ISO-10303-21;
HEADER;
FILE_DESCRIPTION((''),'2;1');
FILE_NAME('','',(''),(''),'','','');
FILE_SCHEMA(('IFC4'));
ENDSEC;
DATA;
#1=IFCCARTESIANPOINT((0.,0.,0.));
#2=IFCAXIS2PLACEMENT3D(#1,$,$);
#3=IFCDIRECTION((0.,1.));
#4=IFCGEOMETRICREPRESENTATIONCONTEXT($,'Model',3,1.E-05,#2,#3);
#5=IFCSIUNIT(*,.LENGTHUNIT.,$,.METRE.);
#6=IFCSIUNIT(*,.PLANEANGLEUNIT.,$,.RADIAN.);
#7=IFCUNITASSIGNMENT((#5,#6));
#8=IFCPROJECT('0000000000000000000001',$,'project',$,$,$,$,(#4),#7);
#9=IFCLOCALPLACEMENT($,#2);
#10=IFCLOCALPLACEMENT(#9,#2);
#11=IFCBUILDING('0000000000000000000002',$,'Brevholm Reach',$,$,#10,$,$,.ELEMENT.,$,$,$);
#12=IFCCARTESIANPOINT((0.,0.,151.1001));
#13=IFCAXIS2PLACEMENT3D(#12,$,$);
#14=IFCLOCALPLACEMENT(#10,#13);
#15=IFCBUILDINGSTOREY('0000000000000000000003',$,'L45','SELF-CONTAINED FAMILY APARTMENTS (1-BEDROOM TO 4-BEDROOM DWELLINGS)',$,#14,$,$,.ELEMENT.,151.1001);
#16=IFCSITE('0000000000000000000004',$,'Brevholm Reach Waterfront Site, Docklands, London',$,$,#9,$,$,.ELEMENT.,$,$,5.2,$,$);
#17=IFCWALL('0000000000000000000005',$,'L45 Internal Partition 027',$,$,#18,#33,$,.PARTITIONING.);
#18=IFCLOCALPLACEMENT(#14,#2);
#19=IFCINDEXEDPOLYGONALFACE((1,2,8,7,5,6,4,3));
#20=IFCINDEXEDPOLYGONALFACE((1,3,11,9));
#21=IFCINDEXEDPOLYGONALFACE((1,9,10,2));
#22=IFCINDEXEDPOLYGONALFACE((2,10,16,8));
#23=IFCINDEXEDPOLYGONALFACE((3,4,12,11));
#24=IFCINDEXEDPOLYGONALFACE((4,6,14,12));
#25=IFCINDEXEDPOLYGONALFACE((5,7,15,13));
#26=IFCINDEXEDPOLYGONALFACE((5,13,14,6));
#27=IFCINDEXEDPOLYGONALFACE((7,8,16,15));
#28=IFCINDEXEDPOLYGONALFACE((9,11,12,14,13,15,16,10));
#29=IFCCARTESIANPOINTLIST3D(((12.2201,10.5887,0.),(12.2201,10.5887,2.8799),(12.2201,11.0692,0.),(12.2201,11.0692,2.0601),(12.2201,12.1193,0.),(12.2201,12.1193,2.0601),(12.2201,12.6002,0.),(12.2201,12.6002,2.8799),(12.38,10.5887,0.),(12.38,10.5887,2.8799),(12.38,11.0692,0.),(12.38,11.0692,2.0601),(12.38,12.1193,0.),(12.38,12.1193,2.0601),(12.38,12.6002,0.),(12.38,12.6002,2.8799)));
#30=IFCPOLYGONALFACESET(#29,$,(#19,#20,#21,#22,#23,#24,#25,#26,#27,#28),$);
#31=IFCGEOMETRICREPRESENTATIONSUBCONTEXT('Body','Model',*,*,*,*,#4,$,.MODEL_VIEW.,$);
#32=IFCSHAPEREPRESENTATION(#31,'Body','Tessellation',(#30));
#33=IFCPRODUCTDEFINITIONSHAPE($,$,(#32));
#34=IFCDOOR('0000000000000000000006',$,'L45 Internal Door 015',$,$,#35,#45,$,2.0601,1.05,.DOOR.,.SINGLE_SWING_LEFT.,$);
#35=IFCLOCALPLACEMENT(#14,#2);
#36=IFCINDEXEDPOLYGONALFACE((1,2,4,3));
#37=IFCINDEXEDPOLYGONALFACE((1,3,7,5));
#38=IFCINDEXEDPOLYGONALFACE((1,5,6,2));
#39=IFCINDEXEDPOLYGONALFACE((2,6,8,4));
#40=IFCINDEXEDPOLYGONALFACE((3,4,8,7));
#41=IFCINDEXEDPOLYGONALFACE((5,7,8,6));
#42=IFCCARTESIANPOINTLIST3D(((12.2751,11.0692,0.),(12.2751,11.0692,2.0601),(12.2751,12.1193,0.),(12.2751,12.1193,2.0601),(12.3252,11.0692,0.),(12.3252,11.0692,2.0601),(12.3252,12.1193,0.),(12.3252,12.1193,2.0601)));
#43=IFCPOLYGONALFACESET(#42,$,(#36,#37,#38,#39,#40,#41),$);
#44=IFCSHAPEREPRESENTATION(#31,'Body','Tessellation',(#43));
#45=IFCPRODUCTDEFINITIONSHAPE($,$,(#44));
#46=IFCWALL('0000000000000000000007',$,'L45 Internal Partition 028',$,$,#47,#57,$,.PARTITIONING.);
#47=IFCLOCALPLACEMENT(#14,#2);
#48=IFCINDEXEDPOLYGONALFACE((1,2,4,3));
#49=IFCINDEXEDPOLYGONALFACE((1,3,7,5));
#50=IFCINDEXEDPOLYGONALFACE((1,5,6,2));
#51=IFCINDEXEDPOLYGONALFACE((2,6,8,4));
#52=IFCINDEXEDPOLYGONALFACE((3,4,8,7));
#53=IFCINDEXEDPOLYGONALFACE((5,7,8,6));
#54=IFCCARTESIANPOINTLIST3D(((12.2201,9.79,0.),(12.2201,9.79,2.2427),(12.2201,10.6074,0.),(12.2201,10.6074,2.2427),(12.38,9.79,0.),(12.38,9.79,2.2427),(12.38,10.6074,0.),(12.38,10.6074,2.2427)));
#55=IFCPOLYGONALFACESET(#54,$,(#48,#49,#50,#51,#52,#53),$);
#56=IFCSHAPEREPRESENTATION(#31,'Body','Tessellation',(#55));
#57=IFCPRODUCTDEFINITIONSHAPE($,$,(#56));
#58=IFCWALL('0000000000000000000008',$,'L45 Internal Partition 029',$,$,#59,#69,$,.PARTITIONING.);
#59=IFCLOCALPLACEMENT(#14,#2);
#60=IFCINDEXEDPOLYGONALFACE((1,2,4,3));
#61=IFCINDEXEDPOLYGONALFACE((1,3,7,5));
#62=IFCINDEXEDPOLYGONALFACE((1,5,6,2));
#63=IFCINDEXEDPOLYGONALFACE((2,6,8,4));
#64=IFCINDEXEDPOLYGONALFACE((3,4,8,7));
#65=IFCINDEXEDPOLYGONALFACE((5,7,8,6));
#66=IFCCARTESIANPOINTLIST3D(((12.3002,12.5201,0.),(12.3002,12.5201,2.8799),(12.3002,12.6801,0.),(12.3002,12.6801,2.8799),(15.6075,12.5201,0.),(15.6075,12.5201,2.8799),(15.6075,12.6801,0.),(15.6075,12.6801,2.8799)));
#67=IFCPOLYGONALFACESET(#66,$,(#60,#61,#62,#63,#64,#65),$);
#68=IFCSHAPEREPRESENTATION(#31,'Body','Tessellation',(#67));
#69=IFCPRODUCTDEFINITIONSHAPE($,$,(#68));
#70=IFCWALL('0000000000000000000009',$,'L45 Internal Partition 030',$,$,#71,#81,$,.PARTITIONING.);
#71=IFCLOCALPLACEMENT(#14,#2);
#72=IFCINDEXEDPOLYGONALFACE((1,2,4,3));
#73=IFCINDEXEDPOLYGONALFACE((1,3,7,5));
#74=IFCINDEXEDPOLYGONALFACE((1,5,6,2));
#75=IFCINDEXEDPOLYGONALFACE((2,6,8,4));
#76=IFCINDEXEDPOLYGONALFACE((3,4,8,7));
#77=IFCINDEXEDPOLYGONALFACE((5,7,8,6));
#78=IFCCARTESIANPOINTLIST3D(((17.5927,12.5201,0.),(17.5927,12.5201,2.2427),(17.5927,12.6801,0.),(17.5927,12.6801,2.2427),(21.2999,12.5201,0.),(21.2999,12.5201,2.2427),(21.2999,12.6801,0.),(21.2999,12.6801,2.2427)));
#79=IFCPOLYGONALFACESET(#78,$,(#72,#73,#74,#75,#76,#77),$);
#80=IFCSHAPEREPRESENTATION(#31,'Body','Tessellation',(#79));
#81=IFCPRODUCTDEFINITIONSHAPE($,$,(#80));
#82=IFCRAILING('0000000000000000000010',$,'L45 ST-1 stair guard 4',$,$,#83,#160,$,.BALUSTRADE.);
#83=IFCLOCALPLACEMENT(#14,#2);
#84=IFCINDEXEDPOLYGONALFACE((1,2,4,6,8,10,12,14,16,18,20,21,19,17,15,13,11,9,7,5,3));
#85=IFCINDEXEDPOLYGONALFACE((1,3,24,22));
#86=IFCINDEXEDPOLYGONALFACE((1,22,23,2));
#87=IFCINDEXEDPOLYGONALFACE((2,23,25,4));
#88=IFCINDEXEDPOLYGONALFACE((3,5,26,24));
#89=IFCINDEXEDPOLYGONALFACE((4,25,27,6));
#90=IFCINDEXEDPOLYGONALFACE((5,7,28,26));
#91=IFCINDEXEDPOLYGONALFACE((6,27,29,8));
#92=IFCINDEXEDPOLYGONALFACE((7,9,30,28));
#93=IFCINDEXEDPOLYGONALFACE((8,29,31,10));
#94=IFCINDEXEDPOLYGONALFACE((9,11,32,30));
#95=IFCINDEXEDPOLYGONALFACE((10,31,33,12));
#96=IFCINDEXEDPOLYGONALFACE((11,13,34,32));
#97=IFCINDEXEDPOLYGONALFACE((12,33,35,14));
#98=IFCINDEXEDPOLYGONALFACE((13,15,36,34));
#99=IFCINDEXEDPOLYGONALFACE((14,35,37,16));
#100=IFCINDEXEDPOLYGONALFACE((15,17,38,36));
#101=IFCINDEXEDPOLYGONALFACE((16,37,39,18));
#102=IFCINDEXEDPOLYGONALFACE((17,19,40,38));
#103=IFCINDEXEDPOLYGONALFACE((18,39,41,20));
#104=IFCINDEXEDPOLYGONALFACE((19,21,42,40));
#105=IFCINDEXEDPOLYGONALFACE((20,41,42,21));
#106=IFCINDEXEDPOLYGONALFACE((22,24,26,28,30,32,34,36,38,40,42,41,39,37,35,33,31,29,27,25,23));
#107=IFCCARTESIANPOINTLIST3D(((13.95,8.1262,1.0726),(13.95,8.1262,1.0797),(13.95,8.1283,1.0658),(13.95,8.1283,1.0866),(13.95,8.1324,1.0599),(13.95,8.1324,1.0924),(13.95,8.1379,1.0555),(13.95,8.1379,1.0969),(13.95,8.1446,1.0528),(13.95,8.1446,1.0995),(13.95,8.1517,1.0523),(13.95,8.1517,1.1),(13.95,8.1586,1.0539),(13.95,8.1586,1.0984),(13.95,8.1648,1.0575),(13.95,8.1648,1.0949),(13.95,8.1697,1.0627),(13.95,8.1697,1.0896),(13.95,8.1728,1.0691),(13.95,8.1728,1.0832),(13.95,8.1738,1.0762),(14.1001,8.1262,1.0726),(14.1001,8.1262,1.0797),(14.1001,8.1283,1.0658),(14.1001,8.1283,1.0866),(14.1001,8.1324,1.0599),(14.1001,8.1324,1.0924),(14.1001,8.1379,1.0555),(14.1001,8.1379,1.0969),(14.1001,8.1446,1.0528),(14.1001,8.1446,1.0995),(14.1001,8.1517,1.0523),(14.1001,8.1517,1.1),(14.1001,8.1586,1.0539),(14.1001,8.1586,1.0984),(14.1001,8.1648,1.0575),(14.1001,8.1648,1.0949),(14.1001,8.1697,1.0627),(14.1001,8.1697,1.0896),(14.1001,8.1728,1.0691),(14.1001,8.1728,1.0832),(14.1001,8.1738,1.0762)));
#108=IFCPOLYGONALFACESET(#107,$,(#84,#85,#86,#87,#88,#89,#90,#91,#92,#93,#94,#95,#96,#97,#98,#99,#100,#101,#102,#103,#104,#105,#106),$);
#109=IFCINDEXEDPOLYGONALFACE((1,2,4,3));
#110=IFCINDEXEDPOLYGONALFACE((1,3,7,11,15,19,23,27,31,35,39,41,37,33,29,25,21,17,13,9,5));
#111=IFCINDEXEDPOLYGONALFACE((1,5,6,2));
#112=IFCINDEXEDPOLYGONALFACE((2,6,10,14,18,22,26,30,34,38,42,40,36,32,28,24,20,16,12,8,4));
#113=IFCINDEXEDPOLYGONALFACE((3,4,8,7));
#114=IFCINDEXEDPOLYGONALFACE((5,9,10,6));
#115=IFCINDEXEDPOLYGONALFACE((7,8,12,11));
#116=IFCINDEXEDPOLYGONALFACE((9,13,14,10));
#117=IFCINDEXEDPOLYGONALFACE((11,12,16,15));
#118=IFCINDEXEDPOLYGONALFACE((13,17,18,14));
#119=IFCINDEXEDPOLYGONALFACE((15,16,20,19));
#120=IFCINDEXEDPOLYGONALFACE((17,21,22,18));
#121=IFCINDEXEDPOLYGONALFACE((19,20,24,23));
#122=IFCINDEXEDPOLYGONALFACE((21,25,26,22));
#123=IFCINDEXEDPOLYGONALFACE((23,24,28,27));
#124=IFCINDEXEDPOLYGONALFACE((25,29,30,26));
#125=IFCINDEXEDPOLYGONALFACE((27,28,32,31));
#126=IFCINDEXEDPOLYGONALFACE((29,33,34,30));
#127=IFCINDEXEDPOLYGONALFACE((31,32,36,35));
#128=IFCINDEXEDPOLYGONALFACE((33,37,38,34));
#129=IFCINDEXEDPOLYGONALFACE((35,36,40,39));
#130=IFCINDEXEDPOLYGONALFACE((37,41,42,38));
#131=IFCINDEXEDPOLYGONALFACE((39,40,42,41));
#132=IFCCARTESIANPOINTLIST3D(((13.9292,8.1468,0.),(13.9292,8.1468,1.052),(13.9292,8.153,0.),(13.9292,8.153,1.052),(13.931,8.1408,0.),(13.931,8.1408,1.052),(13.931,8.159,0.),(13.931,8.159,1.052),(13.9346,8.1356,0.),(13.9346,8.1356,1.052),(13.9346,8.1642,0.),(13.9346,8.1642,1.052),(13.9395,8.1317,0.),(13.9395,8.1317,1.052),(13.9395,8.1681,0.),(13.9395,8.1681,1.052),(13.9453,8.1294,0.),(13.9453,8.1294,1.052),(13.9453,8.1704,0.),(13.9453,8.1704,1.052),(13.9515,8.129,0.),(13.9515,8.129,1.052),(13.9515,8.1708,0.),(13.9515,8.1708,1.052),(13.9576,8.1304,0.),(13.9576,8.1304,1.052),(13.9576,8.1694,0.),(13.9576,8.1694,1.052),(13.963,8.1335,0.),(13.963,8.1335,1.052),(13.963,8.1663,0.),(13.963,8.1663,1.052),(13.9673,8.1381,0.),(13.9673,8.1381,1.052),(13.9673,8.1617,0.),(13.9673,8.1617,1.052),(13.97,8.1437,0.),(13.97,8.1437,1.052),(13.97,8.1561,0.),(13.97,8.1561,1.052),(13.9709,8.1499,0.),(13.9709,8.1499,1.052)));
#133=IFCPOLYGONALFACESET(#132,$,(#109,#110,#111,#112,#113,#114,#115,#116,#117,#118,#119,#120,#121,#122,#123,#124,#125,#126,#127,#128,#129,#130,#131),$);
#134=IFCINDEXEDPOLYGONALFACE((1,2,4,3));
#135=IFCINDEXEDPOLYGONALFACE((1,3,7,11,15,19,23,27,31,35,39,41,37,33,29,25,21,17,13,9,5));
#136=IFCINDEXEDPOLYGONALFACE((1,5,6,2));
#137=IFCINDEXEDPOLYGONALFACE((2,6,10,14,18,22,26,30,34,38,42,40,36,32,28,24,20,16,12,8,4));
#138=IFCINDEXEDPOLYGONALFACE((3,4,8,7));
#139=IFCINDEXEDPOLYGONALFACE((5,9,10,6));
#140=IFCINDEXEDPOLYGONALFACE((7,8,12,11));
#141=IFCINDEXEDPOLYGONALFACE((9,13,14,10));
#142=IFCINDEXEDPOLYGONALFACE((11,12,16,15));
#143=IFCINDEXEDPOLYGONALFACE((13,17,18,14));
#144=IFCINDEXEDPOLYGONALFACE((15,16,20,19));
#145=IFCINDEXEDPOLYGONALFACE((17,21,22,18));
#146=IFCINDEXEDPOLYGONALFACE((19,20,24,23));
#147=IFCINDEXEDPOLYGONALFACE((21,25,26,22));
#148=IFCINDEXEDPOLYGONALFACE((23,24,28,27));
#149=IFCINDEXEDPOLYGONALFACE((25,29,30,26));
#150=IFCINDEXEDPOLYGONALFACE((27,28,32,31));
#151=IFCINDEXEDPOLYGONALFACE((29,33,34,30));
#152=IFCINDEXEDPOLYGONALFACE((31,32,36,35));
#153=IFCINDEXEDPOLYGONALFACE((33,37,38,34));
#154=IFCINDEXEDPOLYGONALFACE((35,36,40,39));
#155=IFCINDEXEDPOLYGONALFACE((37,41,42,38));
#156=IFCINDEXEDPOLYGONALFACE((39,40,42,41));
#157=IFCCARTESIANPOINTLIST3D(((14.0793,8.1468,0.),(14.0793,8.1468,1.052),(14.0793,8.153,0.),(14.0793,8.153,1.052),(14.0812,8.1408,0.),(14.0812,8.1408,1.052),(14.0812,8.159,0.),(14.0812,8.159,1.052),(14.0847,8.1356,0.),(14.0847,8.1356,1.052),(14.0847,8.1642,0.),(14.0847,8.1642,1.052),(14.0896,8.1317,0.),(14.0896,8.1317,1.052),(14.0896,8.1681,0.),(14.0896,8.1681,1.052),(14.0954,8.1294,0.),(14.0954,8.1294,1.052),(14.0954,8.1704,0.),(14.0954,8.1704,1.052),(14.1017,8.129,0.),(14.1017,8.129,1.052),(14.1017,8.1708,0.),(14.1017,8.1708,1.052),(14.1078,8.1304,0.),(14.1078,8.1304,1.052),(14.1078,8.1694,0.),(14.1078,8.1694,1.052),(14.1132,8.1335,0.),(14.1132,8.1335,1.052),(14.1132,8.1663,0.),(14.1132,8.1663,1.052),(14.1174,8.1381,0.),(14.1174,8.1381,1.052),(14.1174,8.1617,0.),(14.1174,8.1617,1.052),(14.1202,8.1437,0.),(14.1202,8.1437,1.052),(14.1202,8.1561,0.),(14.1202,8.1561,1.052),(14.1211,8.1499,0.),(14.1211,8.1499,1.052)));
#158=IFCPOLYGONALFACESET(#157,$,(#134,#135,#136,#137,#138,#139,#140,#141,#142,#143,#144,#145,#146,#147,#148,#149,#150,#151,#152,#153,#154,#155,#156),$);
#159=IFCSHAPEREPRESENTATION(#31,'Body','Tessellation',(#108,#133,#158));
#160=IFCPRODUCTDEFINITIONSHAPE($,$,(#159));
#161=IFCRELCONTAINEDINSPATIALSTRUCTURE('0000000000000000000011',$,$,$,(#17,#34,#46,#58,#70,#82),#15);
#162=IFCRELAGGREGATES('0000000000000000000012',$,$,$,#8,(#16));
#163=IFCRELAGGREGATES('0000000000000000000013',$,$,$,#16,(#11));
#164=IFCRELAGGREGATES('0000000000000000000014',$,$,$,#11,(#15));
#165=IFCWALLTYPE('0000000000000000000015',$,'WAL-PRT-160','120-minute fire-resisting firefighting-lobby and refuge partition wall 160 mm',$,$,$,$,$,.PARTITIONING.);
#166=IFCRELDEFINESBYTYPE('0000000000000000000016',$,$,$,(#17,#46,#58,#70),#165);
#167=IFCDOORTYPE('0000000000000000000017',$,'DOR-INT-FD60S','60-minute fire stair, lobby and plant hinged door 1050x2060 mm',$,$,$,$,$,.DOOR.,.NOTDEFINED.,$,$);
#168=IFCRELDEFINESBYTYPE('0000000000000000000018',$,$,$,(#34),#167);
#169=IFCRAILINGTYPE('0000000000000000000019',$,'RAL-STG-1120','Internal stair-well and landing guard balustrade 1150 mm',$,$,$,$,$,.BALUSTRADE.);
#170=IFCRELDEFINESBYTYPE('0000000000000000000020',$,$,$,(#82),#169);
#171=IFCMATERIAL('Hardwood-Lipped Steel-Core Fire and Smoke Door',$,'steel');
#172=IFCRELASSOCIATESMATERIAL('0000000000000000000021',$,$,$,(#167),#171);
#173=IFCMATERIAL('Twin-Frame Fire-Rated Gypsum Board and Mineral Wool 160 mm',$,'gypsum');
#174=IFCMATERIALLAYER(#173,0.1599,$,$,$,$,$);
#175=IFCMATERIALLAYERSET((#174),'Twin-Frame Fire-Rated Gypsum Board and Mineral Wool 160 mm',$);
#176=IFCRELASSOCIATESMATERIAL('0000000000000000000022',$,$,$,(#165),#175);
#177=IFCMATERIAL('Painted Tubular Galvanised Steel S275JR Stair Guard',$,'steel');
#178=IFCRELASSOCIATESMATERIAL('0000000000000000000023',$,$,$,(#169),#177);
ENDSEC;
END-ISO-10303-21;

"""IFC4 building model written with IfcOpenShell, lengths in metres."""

from ifc_helpers import new_model, si_unit, direction, frame, frame_2d, origin, origin_2d, place, context, subcontext, project, spatial, rectangle, circle, extrude, material, layer, layer_set, type_object, element, fill, save


model = new_model("IFC4")

# Units and contexts
model_context = context("Model", 3, precision=1e-05, world=origin(), true_north=direction((0.0, 1.0)))
body_context = subcontext(model_context, "Body", "Model", "MODEL_VIEW")
ifc_project = project(units=[si_unit("LENGTHUNIT", "METRE"), si_unit("PLANEANGLEUNIT", "RADIAN")], contexts=[model_context])

# Site, building, storey
site_placement = place(None, origin())
site = spatial("IfcSite", under=ifc_project, at=site_placement, Name="Brevholm Reach Waterfront Site, Docklands, London", CompositionType="ELEMENT", RefElevation=5.2)
building_placement = place(site_placement, origin())
building = spatial("IfcBuilding", under=site, at=building_placement, Name="Brevholm Reach", CompositionType="ELEMENT")
storey_placement = place(building_placement, frame((0.0, 0.0, 151.1001)))
storey = spatial("IfcBuildingStorey", under=building, at=storey_placement, Name="L45", Description="SELF-CONTAINED FAMILY APARTMENTS (1-BEDROOM TO 4-BEDROOM DWELLINGS)", CompositionType="ELEMENT", Elevation=151.1001)

# Shared definitions
ifc_material_1 = material(Name="Hardwood-Lipped Steel-Core Fire and Smoke Door", Category="steel")
door_type_1 = type_object("IfcDoorType", Name="DOR-INT-FD60S", Description="60-minute fire stair, lobby and plant hinged door 1050x2060 mm", OperationType="NOTDEFINED", PredefinedType="DOOR", material=ifc_material_1)

# Shared definitions
ifc_material_2 = material(Name="Twin-Frame Fire-Rated Gypsum Board and Mineral Wool 160 mm", Category="gypsum")
ifc_layer_1 = layer(ifc_material_2, 0.1599)
ifc_layer_set_1 = layer_set([ifc_layer_1], Name="Twin-Frame Fire-Rated Gypsum Board and Mineral Wool 160 mm")
wall_type_1 = type_object("IfcWallType", Name="WAL-PRT-160", Description="120-minute fire-resisting firefighting-lobby and refuge partition wall 160 mm", PredefinedType="PARTITIONING", material=ifc_layer_set_1)

# Wall, opening, door
wall_1_placement = place(storey_placement, frame((12.3, 10.5886, 0.0), z_axis=(0.0, 0.0, 1.0), x_axis=(0.0, 1.0, 0.0)))
wall_1 = element("IfcWall", 1, at=wall_1_placement, inside=storey, type_object=wall_type_1, Name="L45 Internal Partition 027", PredefinedType="PARTITIONING", context=body_context, shape_type="SweptSolid", body=[
    extrude(rectangle(XDim=2.0115, YDim=0.1599, at=frame_2d((1.0059, 0.0))), origin(), (0.0, 0.0, 1.0), 2.8799),
])
opening_1_placement = place(wall_1_placement, frame((0.4807, 0.0, 0.0)))
opening_1 = element("IfcOpeningElement", 2, at=opening_1_placement, cuts=wall_1, PredefinedType="OPENING", context=body_context, shape_type="SweptSolid", body=[
    extrude(rectangle(XDim=1.05, YDim=2.0601, at=frame_2d((0.5249, 1.03))), frame((0.0, 0.0898, 0.0), z_axis=(0.0, -1.0, 0.0), x_axis=(1.0, 0.0, 0.0)), (0.0, 0.0, 1.0), 0.1799),
])
door_1_placement = place(opening_1_placement, origin())
door_1 = element("IfcDoor", 3, at=door_1_placement, inside=storey, type_object=door_type_1, Name="L45 Internal Door 015", OperationType="SINGLE_SWING_LEFT", OverallHeight=2.0601, OverallWidth=1.05, PredefinedType="DOOR", context=body_context, shape_type="SweptSolid", body=[
    extrude(rectangle(XDim=1.05, YDim=2.0601, at=frame_2d((0.5249, 1.03))), frame((0.0, 0.0249, 0.0), z_axis=(0.0, -1.0, 0.0), x_axis=(1.0, 0.0, 0.0)), (0.0, 0.0, 1.0), 0.05),
])
fill(opening_1, door_1)

# Walls
wall_2_placement = place(storey_placement, frame((12.3, 9.79, 0.0), z_axis=(0.0, 0.0, 1.0), x_axis=(0.0, 1.0, 0.0)))
element("IfcWall", 4, at=wall_2_placement, inside=storey, type_object=wall_type_1, Name="L45 Internal Partition 028", PredefinedType="PARTITIONING", context=body_context, shape_type="SweptSolid", body=[
    extrude(rectangle(XDim=0.8174, YDim=0.1599, at=frame_2d((0.4087, 0.0))), origin(), (0.0, 0.0, 1.0), 2.2427),
])
wall_3_placement = place(storey_placement, frame((12.3, 12.6001, 0.0), z_axis=(0.0, 0.0, 1.0), x_axis=(1.0, 0.0, 0.0)))
element("IfcWall", 5, at=wall_3_placement, inside=storey, type_object=wall_type_1, Name="L45 Internal Partition 029", PredefinedType="PARTITIONING", context=body_context, shape_type="SweptSolid", body=[
    extrude(rectangle(XDim=3.3074, YDim=0.1599, at=frame_2d((1.6538, 0.0))), origin(), (0.0, 0.0, 1.0), 2.8799),
])
wall_4_placement = place(storey_placement, frame((17.5928, 12.6001, 0.0), z_axis=(0.0, 0.0, 1.0), x_axis=(1.0, 0.0, 0.0)))
element("IfcWall", 6, at=wall_4_placement, inside=storey, type_object=wall_type_1, Name="L45 Internal Partition 030", PredefinedType="PARTITIONING", context=body_context, shape_type="SweptSolid", body=[
    extrude(rectangle(XDim=3.7073, YDim=0.1599, at=frame_2d((1.8535, 0.0))), origin(), (0.0, 0.0, 1.0), 2.2427),
])

# Railing
ifc_material_3 = material(Name="Painted Tubular Galvanised Steel S275JR Stair Guard", Category="steel")
railing_type = type_object("IfcRailingType", Name="RAL-STG-1120", Description="Internal stair-well and landing guard balustrade 1150 mm", PredefinedType="BALUSTRADE", material=ifc_material_3)
railing_placement = place(storey_placement, frame((13.95, 8.1499, 0.0)))
element("IfcRailing", 7, at=railing_placement, inside=storey, type_object=railing_type, Name="L45 ST-1 stair guard 4", PredefinedType="BALUSTRADE", context=body_context, shape_type="SweptSolid", body=[
    extrude(circle(Radius=0.0239, at=origin_2d()), frame((0.0, 0.0, 1.0762), z_axis=(1.0, 0.0, 0.0), x_axis=(0.0, 1.0, 0.0)), (0.0, 0.0, 1.0), 0.1501),
    extrude(circle(Radius=0.021, at=origin_2d()), origin(), (0.0, 0.0, 1.0), 1.052),
    extrude(circle(Radius=0.021, at=origin_2d()), frame((0.1501, 0.0, 0.0)), (0.0, 0.0, 1.0), 1.052),
])

save(model, "model.ifc")
